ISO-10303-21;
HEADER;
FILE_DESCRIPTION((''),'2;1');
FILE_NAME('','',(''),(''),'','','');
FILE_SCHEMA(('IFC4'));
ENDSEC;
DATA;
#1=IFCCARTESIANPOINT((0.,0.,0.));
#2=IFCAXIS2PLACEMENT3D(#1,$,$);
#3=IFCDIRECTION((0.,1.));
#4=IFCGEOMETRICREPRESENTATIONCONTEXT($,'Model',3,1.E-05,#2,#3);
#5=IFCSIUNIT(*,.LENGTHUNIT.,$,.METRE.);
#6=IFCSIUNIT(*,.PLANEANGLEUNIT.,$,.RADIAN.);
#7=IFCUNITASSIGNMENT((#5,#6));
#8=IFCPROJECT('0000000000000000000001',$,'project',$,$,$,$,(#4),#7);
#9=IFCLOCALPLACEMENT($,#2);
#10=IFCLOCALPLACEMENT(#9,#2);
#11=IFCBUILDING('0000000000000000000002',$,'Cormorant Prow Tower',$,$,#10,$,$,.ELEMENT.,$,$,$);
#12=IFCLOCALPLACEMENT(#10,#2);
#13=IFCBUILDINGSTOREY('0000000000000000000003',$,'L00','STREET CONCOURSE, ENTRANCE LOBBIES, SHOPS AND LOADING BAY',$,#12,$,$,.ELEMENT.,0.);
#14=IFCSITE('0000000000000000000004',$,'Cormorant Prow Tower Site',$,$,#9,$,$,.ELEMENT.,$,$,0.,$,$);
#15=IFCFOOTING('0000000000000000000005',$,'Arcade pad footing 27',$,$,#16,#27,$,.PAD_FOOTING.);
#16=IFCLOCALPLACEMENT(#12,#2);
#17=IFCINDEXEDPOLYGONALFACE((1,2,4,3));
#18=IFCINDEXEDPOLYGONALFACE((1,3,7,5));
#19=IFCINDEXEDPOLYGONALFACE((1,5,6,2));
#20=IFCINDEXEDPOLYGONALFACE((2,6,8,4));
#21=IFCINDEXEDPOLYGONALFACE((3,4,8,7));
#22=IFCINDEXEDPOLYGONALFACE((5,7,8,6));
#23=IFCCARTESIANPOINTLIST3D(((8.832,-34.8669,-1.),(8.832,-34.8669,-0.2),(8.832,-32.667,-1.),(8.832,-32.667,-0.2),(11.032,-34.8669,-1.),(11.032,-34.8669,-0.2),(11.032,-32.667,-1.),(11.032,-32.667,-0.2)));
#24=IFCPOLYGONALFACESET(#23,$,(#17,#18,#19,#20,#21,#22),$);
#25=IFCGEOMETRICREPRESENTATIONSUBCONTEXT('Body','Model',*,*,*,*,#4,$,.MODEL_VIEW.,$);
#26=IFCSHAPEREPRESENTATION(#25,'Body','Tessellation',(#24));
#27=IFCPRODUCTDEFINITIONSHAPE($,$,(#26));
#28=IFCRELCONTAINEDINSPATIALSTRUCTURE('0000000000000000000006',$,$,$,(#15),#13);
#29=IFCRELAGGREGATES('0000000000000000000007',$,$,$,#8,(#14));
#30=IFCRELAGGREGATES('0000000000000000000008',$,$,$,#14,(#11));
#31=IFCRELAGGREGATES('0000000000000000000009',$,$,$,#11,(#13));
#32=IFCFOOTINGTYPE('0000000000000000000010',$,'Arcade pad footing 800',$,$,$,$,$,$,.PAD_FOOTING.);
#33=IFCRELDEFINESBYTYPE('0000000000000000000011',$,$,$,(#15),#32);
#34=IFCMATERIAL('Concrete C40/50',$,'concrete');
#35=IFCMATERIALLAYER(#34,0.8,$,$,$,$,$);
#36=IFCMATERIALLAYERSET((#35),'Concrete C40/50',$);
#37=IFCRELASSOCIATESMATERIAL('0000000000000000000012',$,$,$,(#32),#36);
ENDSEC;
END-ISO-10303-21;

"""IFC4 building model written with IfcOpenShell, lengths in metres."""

from ifc_helpers import new_model, si_unit, direction, frame, origin, place, context, subcontext, project, spatial, polyline, outline, extrude, material, layer, layer_set, type_object, element, save


model = new_model("IFC4")

# Units and contexts
model_context = context("Model", 3, precision=1e-05, world=origin(), true_north=direction((0.0, 1.0)))
body_context = subcontext(model_context, "Body", "Model", "MODEL_VIEW")
ifc_project = project(units=[si_unit("LENGTHUNIT", "METRE"), si_unit("PLANEANGLEUNIT", "RADIAN")], contexts=[model_context])

# Site, building, storey
site_placement = place(None, origin())
site = spatial("IfcSite", under=ifc_project, at=site_placement, Name="Cormorant Prow Tower Site", CompositionType="ELEMENT", RefElevation=0.0)
building_placement = place(site_placement, origin())
building = spatial("IfcBuilding", under=site, at=building_placement, Name="Cormorant Prow Tower", CompositionType="ELEMENT")
storey_placement = place(building_placement, origin())
storey = spatial("IfcBuildingStorey", under=building, at=storey_placement, Name="L00", Description="STREET CONCOURSE, ENTRANCE LOBBIES, SHOPS AND LOADING BAY", CompositionType="ELEMENT", Elevation=0.0)

# Footing
ifc_material = material(Name="Concrete C40/50", Category="concrete")
ifc_layer = layer(ifc_material, 0.8)
ifc_layer_set = layer_set([ifc_layer], Name="Concrete C40/50")
footing_type = type_object("IfcFootingType", Name="Arcade pad footing 800", PredefinedType="PAD_FOOTING", material=ifc_layer_set)
footing_1_placement = place(storey_placement, frame((0.0, 0.0, -1.0)))
element("IfcFooting", 1, at=footing_1_placement, inside=storey, type_object=footing_type, Name="Arcade pad footing 27", PredefinedType="PAD_FOOTING", context=body_context, shape_type="SweptSolid", body=[
    extrude(outline(polyline([(8.832, -34.8669), (11.032, -34.8669), (11.032, -32.667), (8.832, -32.667), (8.832, -34.8669)])), origin(), (0.0, 0.0, 1.0), 0.8),
])

save(model, "model.ifc")
